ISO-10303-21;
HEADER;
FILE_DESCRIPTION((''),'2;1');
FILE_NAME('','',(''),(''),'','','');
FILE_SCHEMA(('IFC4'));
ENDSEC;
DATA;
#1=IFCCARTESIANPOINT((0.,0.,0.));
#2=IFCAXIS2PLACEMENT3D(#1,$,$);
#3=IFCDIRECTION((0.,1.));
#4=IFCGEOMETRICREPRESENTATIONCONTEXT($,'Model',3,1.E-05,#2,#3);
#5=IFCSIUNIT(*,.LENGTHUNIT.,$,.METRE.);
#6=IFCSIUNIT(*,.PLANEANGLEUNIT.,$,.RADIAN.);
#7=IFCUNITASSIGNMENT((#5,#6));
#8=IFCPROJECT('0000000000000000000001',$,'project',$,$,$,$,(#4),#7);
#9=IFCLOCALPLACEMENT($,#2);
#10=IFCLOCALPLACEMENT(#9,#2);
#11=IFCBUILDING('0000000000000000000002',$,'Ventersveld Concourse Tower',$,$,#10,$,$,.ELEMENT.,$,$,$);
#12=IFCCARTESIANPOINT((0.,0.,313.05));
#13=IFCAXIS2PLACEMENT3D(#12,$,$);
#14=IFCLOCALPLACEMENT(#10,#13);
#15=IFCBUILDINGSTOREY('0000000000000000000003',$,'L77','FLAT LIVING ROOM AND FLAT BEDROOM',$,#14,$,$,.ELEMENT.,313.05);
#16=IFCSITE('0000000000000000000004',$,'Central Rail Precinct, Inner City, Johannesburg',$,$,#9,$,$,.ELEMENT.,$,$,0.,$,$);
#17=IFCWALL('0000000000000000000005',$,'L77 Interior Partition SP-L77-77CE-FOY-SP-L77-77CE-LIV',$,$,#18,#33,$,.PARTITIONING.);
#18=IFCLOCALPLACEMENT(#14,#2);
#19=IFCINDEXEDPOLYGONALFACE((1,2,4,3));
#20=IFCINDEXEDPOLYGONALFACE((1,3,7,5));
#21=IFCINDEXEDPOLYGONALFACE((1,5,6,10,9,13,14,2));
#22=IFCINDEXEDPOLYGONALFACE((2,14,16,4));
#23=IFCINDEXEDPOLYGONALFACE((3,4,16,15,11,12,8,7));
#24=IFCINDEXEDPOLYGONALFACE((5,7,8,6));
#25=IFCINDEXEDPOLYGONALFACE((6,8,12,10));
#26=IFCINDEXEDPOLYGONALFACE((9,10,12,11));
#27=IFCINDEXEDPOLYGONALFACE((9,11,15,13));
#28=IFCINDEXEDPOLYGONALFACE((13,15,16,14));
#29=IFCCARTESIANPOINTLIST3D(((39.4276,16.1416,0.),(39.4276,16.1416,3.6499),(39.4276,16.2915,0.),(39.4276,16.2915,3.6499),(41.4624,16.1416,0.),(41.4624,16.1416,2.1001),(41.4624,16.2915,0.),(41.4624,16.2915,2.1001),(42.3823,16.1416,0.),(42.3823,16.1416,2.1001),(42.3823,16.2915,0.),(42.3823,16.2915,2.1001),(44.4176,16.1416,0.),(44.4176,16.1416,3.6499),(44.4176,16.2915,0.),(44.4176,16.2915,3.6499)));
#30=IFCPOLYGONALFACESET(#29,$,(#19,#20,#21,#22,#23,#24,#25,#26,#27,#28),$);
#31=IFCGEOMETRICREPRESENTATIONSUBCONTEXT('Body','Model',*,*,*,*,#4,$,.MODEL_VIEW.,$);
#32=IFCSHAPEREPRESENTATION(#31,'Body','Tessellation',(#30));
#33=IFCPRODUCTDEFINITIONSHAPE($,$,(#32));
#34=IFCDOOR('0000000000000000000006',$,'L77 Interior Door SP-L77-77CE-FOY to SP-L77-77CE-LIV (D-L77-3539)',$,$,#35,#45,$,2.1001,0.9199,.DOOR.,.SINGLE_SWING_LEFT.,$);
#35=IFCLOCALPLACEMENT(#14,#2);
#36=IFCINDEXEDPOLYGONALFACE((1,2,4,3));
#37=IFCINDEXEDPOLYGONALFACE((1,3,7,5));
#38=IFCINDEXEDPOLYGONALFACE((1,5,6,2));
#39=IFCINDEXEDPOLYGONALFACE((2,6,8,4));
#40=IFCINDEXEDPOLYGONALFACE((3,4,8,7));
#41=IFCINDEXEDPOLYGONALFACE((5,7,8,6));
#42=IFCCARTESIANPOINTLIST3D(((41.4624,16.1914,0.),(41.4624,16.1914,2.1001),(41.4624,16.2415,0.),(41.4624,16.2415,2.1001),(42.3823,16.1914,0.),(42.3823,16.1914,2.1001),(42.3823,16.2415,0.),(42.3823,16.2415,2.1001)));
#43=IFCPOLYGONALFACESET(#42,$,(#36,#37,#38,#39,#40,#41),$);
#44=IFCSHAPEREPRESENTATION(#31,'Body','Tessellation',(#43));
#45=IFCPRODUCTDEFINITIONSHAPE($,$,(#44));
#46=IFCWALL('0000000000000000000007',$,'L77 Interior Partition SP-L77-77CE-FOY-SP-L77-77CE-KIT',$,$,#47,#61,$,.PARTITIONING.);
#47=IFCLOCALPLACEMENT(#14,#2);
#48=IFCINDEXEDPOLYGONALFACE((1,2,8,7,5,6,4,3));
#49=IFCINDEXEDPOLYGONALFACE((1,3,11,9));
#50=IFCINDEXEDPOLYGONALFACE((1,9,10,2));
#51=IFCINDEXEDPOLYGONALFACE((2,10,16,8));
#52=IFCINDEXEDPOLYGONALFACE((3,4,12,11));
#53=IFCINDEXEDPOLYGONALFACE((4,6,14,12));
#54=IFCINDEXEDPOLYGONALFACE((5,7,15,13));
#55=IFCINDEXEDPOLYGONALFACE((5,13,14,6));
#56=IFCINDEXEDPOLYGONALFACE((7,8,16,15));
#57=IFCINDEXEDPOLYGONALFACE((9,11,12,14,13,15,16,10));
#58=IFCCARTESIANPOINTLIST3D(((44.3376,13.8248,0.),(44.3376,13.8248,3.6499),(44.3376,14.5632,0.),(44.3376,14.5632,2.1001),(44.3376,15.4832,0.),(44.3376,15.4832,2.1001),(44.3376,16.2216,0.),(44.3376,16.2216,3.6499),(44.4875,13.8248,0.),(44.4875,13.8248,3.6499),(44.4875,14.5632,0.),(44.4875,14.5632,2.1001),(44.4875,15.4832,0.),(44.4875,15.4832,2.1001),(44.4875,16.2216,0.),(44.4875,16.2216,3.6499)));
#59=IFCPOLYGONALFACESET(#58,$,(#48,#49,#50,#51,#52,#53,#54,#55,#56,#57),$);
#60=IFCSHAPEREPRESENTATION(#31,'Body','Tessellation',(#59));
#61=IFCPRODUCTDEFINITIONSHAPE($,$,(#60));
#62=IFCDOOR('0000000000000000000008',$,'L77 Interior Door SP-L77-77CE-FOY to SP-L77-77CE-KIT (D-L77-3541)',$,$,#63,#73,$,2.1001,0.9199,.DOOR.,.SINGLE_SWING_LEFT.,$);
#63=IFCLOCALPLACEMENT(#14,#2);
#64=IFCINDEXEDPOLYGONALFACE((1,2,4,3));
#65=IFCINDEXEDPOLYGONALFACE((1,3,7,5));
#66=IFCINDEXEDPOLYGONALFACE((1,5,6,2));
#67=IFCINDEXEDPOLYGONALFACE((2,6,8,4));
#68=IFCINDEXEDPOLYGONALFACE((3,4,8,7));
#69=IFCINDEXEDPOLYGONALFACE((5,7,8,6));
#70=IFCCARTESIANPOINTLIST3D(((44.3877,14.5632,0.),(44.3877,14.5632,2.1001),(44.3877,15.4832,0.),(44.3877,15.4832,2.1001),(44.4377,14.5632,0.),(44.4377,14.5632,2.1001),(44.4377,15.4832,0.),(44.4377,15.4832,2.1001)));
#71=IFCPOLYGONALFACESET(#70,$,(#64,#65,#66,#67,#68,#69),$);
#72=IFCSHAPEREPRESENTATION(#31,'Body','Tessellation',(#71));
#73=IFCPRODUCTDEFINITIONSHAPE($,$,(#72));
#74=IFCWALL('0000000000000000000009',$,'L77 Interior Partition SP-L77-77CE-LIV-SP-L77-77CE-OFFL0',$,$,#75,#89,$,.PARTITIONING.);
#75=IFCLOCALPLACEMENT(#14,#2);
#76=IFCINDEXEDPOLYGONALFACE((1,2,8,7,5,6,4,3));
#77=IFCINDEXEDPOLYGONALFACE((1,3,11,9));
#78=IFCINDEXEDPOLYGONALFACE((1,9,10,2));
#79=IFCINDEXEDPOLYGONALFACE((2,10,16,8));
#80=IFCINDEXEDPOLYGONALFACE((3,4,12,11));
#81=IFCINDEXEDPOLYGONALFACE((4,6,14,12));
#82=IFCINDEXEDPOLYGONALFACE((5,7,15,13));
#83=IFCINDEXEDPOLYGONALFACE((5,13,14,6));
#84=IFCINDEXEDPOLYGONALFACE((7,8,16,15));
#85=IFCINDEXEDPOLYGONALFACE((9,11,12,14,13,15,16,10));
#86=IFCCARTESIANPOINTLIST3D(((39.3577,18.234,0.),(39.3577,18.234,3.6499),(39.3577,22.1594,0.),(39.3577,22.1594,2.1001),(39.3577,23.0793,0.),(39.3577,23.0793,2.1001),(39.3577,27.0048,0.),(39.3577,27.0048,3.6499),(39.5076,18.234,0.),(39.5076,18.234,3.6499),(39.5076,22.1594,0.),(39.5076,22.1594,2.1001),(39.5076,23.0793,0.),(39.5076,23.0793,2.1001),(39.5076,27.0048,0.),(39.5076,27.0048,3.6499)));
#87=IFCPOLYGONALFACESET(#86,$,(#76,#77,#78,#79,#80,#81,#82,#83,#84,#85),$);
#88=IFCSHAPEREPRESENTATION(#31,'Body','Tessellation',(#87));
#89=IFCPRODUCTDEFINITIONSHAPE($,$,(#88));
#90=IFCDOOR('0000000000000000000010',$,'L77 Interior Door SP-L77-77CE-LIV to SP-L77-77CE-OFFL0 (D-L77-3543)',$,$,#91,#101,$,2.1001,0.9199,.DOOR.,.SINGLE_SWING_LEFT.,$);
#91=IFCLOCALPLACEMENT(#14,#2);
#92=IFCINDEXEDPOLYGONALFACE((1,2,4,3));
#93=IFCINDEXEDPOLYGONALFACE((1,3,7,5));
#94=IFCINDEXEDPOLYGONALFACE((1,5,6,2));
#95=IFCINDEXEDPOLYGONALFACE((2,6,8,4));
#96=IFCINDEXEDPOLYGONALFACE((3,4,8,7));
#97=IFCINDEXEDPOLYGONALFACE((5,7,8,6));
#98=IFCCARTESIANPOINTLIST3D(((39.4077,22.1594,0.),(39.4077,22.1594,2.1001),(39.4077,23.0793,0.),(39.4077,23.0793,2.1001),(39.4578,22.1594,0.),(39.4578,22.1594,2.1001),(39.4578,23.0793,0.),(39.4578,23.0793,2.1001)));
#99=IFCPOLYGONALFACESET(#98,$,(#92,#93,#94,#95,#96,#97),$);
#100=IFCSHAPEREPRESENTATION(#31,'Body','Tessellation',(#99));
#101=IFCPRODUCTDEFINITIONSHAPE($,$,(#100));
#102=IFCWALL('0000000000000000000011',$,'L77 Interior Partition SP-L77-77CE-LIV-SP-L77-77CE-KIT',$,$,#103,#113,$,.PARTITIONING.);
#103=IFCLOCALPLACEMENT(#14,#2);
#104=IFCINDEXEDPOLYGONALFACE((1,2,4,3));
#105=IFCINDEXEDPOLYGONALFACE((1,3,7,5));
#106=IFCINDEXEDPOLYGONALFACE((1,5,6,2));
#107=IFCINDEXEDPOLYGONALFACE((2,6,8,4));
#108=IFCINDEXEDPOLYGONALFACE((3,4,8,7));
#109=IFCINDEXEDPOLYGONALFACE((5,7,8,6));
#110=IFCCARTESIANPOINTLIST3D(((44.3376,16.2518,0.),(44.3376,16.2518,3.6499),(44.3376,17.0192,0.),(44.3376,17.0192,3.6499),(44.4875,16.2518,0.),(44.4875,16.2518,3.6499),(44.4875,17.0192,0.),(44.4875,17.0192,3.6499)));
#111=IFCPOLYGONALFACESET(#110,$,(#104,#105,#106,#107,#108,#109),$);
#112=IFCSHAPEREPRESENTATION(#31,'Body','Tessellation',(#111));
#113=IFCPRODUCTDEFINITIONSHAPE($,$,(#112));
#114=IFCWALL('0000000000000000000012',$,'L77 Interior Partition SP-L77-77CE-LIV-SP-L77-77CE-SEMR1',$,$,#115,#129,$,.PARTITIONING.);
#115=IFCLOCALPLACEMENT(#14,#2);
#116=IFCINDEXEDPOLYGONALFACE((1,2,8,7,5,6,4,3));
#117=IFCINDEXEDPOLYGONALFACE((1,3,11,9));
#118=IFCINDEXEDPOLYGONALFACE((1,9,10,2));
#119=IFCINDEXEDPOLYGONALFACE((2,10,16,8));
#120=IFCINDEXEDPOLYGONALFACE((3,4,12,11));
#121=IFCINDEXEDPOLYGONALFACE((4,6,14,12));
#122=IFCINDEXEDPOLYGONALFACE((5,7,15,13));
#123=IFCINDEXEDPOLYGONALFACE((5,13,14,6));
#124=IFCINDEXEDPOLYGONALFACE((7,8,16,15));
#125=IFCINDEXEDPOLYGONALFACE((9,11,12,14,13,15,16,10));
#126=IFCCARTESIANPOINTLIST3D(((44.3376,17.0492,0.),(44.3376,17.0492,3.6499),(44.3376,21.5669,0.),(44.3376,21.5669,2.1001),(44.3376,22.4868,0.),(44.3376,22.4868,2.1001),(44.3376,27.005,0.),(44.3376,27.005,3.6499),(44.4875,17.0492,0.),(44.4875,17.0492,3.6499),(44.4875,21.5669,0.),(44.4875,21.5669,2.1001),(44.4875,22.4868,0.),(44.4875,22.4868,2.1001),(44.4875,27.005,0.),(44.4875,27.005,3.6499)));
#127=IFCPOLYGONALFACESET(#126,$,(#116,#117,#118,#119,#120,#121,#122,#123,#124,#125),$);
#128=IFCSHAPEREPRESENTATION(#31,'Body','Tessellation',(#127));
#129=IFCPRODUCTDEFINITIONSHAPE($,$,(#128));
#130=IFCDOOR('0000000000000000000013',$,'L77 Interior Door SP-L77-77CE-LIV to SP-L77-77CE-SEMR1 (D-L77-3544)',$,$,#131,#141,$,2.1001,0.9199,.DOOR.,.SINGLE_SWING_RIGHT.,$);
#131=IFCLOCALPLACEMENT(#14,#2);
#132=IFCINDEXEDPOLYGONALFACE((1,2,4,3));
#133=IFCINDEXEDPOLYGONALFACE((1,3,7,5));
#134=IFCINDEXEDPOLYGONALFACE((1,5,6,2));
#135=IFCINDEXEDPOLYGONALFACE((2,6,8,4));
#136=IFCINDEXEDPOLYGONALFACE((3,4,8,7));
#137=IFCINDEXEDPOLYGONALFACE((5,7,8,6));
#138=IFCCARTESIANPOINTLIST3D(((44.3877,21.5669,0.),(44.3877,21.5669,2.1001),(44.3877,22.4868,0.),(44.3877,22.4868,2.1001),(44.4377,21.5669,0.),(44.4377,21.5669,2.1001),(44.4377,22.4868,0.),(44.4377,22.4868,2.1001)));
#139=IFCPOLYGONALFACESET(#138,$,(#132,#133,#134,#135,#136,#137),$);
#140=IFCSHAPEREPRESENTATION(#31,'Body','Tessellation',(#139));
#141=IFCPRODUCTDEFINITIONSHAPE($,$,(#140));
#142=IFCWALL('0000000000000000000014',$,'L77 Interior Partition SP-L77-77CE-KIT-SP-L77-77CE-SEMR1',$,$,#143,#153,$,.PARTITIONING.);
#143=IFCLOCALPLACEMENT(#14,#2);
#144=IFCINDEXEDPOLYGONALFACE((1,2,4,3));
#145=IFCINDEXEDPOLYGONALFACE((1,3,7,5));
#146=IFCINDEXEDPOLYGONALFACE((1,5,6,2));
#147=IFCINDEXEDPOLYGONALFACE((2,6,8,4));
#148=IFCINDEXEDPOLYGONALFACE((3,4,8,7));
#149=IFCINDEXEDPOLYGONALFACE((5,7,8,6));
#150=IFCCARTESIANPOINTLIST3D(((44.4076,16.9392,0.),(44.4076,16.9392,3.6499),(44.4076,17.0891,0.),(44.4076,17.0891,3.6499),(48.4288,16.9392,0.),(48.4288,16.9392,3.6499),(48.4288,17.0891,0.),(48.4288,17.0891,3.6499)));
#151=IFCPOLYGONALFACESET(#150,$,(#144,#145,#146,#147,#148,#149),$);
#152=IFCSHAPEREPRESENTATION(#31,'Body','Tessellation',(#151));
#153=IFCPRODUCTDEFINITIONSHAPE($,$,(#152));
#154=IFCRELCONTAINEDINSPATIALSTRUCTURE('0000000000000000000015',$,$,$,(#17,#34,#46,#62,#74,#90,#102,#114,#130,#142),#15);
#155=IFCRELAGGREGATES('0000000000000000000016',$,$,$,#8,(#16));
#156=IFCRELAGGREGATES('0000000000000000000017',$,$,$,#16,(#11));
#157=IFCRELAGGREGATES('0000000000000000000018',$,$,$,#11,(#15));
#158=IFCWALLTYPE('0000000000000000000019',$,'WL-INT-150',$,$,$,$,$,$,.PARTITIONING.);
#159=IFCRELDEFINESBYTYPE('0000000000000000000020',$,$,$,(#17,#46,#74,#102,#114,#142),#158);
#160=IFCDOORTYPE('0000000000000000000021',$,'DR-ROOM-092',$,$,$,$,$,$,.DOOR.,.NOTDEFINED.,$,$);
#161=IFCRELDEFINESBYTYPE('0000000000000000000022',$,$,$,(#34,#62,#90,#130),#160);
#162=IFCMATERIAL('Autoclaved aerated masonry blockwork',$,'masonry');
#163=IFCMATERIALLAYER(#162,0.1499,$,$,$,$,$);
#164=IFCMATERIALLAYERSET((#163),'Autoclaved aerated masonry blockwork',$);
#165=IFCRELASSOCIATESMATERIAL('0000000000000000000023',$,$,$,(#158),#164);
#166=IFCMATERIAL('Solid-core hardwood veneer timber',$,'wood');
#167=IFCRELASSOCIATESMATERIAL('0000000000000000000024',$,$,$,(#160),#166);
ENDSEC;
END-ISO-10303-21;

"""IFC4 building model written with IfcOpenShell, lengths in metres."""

from ifc_helpers import new_model, si_unit, direction, frame, frame_2d, origin, place, context, subcontext, project, spatial, rectangle, extrude, material, layer, layer_set, type_object, element, fill, save


model = new_model("IFC4")

# Units and contexts
model_context = context("Model", 3, precision=1e-05, world=origin(), true_north=direction((0.0, 1.0)))
body_context = subcontext(model_context, "Body", "Model", "MODEL_VIEW")
ifc_project = project(units=[si_unit("LENGTHUNIT", "METRE"), si_unit("PLANEANGLEUNIT", "RADIAN")], contexts=[model_context])

# Site, building, storey
site_placement = place(None, origin())
site = spatial("IfcSite", under=ifc_project, at=site_placement, Name="Central Rail Precinct, Inner City, Johannesburg", CompositionType="ELEMENT", RefElevation=0.0)
building_placement = place(site_placement, origin())
building = spatial("IfcBuilding", under=site, at=building_placement, Name="Ventersveld Concourse Tower", CompositionType="ELEMENT")
storey_placement = place(building_placement, frame((0.0, 0.0, 313.05)))
storey = spatial("IfcBuildingStorey", under=building, at=storey_placement, Name="L77", Description="FLAT LIVING ROOM AND FLAT BEDROOM", CompositionType="ELEMENT", Elevation=313.05)

# Shared definitions
ifc_material_1 = material(Name="Solid-core hardwood veneer timber", Category="wood")

# Walls, openings, doors
ifc_material_2 = material(Name="Autoclaved aerated masonry blockwork", Category="masonry")
ifc_layer_1 = layer(ifc_material_2, 0.1499)
ifc_layer_set_1 = layer_set([ifc_layer_1], Name="Autoclaved aerated masonry blockwork")
wall_type_1 = type_object("IfcWallType", Name="WL-INT-150", PredefinedType="PARTITIONING", material=ifc_layer_set_1)
wall_1_placement = place(storey_placement, frame((39.4275, 16.2166, 0.0), z_axis=(0.0, 0.0, 1.0), x_axis=(1.0, 0.0, 0.0)))
wall_1 = element("IfcWall", 1, at=wall_1_placement, inside=storey, type_object=wall_type_1, Name="L77 Interior Partition SP-L77-77CE-FOY-SP-L77-77CE-LIV", PredefinedType="PARTITIONING", context=body_context, shape_type="SweptSolid", body=[
    extrude(rectangle(XDim=4.99, YDim=0.1499, at=frame_2d((2.4951, 0.0))), origin(), (0.0, 0.0, 1.0), 3.6499),
])
opening_1_placement = place(wall_1_placement, frame((2.0349, 0.0, 0.0)))
opening_1 = element("IfcOpeningElement", 2, at=opening_1_placement, cuts=wall_1, PredefinedType="OPENING", context=body_context, shape_type="SweptSolid", body=[
    extrude(rectangle(XDim=0.9199, YDim=2.1001, at=frame_2d((0.46, 1.05))), frame((0.0, 0.085, 0.0), z_axis=(0.0, -1.0, 0.0), x_axis=(1.0, 0.0, 0.0)), (0.0, 0.0, 1.0), 0.1699),
])
door_type_1 = type_object("IfcDoorType", Name="DR-ROOM-092", OperationType="NOTDEFINED", PredefinedType="DOOR", material=ifc_material_1)
door_1_placement = place(opening_1_placement, origin())
door_1 = element("IfcDoor", 3, at=door_1_placement, inside=storey, type_object=door_type_1, Name="L77 Interior Door SP-L77-77CE-FOY to SP-L77-77CE-LIV (D-L77-3539)", OperationType="SINGLE_SWING_LEFT", OverallHeight=2.1001, OverallWidth=0.9199, PredefinedType="DOOR", context=body_context, shape_type="SweptSolid", body=[
    extrude(rectangle(XDim=0.9199, YDim=2.1001, at=frame_2d((0.46, 1.05))), frame((0.0, 0.0249, 0.0), z_axis=(0.0, -1.0, 0.0), x_axis=(1.0, 0.0, 0.0)), (0.0, 0.0, 1.0), 0.05),
])
fill(opening_1, door_1)
wall_2_placement = place(storey_placement, frame((44.4126, 13.825, 0.0), z_axis=(0.0, 0.0, 1.0), x_axis=(0.0, 1.0, 0.0)))
wall_2 = element("IfcWall", 4, at=wall_2_placement, inside=storey, type_object=wall_type_1, Name="L77 Interior Partition SP-L77-77CE-FOY-SP-L77-77CE-KIT", PredefinedType="PARTITIONING", context=body_context, shape_type="SweptSolid", body=[
    extrude(rectangle(XDim=2.3967, YDim=0.1499, at=frame_2d((1.1982, 0.0))), origin(), (0.0, 0.0, 1.0), 3.6499),
])
opening_2_placement = place(wall_2_placement, frame((0.7383, 0.0, 0.0)))
opening_2 = element("IfcOpeningElement", 5, at=opening_2_placement, cuts=wall_2, PredefinedType="OPENING", context=body_context, shape_type="SweptSolid", body=[
    extrude(rectangle(XDim=0.9199, YDim=2.1001, at=frame_2d((0.46, 1.05))), frame((0.0, 0.085, 0.0), z_axis=(0.0, -1.0, 0.0), x_axis=(1.0, 0.0, 0.0)), (0.0, 0.0, 1.0), 0.1699),
])
door_2_placement = place(opening_2_placement, origin())
door_2 = element("IfcDoor", 6, at=door_2_placement, inside=storey, type_object=door_type_1, Name="L77 Interior Door SP-L77-77CE-FOY to SP-L77-77CE-KIT (D-L77-3541)", OperationType="SINGLE_SWING_LEFT", OverallHeight=2.1001, OverallWidth=0.9199, PredefinedType="DOOR", context=body_context, shape_type="SweptSolid", body=[
    extrude(rectangle(XDim=0.9199, YDim=2.1001, at=frame_2d((0.46, 1.05))), frame((0.0, 0.0249, 0.0), z_axis=(0.0, -1.0, 0.0), x_axis=(1.0, 0.0, 0.0)), (0.0, 0.0, 1.0), 0.05),
])
fill(opening_2, door_2)
wall_3_placement = place(storey_placement, frame((39.4326, 18.2341, 0.0), z_axis=(0.0, 0.0, 1.0), x_axis=(0.0, 1.0, 0.0)))
wall_3 = element("IfcWall", 7, at=wall_3_placement, inside=storey, type_object=wall_type_1, Name="L77 Interior Partition SP-L77-77CE-LIV-SP-L77-77CE-OFFL0", PredefinedType="PARTITIONING", context=body_context, shape_type="SweptSolid", body=[
    extrude(rectangle(XDim=8.7708, YDim=0.1499, at=frame_2d((4.3853, 0.0))), origin(), (0.0, 0.0, 1.0), 3.6499),
])
opening_3_placement = place(wall_3_placement, frame((3.9253, 0.0, 0.0)))
opening_3 = element("IfcOpeningElement", 8, at=opening_3_placement, cuts=wall_3, PredefinedType="OPENING", context=body_context, shape_type="SweptSolid", body=[
    extrude(rectangle(XDim=0.9199, YDim=2.1001, at=frame_2d((0.46, 1.05))), frame((0.0, 0.085, 0.0), z_axis=(0.0, -1.0, 0.0), x_axis=(1.0, 0.0, 0.0)), (0.0, 0.0, 1.0), 0.1699),
])
door_3_placement = place(opening_3_placement, origin())
door_3 = element("IfcDoor", 9, at=door_3_placement, inside=storey, type_object=door_type_1, Name="L77 Interior Door SP-L77-77CE-LIV to SP-L77-77CE-OFFL0 (D-L77-3543)", OperationType="SINGLE_SWING_LEFT", OverallHeight=2.1001, OverallWidth=0.9199, PredefinedType="DOOR", context=body_context, shape_type="SweptSolid", body=[
    extrude(rectangle(XDim=0.9199, YDim=2.1001, at=frame_2d((0.46, 1.05))), frame((0.0, 0.0249, 0.0), z_axis=(0.0, -1.0, 0.0), x_axis=(1.0, 0.0, 0.0)), (0.0, 0.0, 1.0), 0.05),
])
fill(opening_3, door_3)

# Wall
wall_4_placement = place(storey_placement, frame((44.4126, 16.2517, 0.0), z_axis=(0.0, 0.0, 1.0), x_axis=(0.0, 1.0, 0.0)))
element("IfcWall", 10, at=wall_4_placement, inside=storey, type_object=wall_type_1, Name="L77 Interior Partition SP-L77-77CE-LIV-SP-L77-77CE-KIT", PredefinedType="PARTITIONING", context=body_context, shape_type="SweptSolid", body=[
    extrude(rectangle(XDim=0.7673, YDim=0.1499, at=frame_2d((0.3838, 0.0))), origin(), (0.0, 0.0, 1.0), 3.6499),
])

# Wall, opening, door
wall_5_placement = place(storey_placement, frame((44.4126, 17.0491, 0.0), z_axis=(0.0, 0.0, 1.0), x_axis=(0.0, 1.0, 0.0)))
wall_5 = element("IfcWall", 11, at=wall_5_placement, inside=storey, type_object=wall_type_1, Name="L77 Interior Partition SP-L77-77CE-LIV-SP-L77-77CE-SEMR1", PredefinedType="PARTITIONING", context=body_context, shape_type="SweptSolid", body=[
    extrude(rectangle(XDim=9.9558, YDim=0.1499, at=frame_2d((4.978, 0.0))), origin(), (0.0, 0.0, 1.0), 3.6499),
])
opening_4_placement = place(wall_5_placement, frame((4.5178, 0.0, 0.0)))
opening_4 = element("IfcOpeningElement", 12, at=opening_4_placement, cuts=wall_5, PredefinedType="OPENING", context=body_context, shape_type="SweptSolid", body=[
    extrude(rectangle(XDim=0.9199, YDim=2.1001, at=frame_2d((0.46, 1.05))), frame((0.0, 0.085, 0.0), z_axis=(0.0, -1.0, 0.0), x_axis=(1.0, 0.0, 0.0)), (0.0, 0.0, 1.0), 0.1699),
])
door_4_placement = place(opening_4_placement, origin())
door_4 = element("IfcDoor", 13, at=door_4_placement, inside=storey, type_object=door_type_1, Name="L77 Interior Door SP-L77-77CE-LIV to SP-L77-77CE-SEMR1 (D-L77-3544)", OperationType="SINGLE_SWING_RIGHT", OverallHeight=2.1001, OverallWidth=0.9199, PredefinedType="DOOR", context=body_context, shape_type="SweptSolid", body=[
    extrude(rectangle(XDim=0.9199, YDim=2.1001, at=frame_2d((0.46, 1.05))), frame((0.0, 0.0249, 0.0), z_axis=(0.0, -1.0, 0.0), x_axis=(1.0, 0.0, 0.0)), (0.0, 0.0, 1.0), 0.05),
])
fill(opening_4, door_4)

# Wall
wall_6_placement = place(storey_placement, frame((44.4075, 17.0142, 0.0), z_axis=(0.0, 0.0, 1.0), x_axis=(1.0, 0.0, 0.0)))
element("IfcWall", 14, at=wall_6_placement, inside=storey, type_object=wall_type_1, Name="L77 Interior Partition SP-L77-77CE-KIT-SP-L77-77CE-SEMR1", PredefinedType="PARTITIONING", context=body_context, shape_type="SweptSolid", body=[
    extrude(rectangle(XDim=4.0212, YDim=0.1499, at=frame_2d((2.0107, 0.0))), origin(), (0.0, 0.0, 1.0), 3.6499),
])

save(model, "model.ifc")
